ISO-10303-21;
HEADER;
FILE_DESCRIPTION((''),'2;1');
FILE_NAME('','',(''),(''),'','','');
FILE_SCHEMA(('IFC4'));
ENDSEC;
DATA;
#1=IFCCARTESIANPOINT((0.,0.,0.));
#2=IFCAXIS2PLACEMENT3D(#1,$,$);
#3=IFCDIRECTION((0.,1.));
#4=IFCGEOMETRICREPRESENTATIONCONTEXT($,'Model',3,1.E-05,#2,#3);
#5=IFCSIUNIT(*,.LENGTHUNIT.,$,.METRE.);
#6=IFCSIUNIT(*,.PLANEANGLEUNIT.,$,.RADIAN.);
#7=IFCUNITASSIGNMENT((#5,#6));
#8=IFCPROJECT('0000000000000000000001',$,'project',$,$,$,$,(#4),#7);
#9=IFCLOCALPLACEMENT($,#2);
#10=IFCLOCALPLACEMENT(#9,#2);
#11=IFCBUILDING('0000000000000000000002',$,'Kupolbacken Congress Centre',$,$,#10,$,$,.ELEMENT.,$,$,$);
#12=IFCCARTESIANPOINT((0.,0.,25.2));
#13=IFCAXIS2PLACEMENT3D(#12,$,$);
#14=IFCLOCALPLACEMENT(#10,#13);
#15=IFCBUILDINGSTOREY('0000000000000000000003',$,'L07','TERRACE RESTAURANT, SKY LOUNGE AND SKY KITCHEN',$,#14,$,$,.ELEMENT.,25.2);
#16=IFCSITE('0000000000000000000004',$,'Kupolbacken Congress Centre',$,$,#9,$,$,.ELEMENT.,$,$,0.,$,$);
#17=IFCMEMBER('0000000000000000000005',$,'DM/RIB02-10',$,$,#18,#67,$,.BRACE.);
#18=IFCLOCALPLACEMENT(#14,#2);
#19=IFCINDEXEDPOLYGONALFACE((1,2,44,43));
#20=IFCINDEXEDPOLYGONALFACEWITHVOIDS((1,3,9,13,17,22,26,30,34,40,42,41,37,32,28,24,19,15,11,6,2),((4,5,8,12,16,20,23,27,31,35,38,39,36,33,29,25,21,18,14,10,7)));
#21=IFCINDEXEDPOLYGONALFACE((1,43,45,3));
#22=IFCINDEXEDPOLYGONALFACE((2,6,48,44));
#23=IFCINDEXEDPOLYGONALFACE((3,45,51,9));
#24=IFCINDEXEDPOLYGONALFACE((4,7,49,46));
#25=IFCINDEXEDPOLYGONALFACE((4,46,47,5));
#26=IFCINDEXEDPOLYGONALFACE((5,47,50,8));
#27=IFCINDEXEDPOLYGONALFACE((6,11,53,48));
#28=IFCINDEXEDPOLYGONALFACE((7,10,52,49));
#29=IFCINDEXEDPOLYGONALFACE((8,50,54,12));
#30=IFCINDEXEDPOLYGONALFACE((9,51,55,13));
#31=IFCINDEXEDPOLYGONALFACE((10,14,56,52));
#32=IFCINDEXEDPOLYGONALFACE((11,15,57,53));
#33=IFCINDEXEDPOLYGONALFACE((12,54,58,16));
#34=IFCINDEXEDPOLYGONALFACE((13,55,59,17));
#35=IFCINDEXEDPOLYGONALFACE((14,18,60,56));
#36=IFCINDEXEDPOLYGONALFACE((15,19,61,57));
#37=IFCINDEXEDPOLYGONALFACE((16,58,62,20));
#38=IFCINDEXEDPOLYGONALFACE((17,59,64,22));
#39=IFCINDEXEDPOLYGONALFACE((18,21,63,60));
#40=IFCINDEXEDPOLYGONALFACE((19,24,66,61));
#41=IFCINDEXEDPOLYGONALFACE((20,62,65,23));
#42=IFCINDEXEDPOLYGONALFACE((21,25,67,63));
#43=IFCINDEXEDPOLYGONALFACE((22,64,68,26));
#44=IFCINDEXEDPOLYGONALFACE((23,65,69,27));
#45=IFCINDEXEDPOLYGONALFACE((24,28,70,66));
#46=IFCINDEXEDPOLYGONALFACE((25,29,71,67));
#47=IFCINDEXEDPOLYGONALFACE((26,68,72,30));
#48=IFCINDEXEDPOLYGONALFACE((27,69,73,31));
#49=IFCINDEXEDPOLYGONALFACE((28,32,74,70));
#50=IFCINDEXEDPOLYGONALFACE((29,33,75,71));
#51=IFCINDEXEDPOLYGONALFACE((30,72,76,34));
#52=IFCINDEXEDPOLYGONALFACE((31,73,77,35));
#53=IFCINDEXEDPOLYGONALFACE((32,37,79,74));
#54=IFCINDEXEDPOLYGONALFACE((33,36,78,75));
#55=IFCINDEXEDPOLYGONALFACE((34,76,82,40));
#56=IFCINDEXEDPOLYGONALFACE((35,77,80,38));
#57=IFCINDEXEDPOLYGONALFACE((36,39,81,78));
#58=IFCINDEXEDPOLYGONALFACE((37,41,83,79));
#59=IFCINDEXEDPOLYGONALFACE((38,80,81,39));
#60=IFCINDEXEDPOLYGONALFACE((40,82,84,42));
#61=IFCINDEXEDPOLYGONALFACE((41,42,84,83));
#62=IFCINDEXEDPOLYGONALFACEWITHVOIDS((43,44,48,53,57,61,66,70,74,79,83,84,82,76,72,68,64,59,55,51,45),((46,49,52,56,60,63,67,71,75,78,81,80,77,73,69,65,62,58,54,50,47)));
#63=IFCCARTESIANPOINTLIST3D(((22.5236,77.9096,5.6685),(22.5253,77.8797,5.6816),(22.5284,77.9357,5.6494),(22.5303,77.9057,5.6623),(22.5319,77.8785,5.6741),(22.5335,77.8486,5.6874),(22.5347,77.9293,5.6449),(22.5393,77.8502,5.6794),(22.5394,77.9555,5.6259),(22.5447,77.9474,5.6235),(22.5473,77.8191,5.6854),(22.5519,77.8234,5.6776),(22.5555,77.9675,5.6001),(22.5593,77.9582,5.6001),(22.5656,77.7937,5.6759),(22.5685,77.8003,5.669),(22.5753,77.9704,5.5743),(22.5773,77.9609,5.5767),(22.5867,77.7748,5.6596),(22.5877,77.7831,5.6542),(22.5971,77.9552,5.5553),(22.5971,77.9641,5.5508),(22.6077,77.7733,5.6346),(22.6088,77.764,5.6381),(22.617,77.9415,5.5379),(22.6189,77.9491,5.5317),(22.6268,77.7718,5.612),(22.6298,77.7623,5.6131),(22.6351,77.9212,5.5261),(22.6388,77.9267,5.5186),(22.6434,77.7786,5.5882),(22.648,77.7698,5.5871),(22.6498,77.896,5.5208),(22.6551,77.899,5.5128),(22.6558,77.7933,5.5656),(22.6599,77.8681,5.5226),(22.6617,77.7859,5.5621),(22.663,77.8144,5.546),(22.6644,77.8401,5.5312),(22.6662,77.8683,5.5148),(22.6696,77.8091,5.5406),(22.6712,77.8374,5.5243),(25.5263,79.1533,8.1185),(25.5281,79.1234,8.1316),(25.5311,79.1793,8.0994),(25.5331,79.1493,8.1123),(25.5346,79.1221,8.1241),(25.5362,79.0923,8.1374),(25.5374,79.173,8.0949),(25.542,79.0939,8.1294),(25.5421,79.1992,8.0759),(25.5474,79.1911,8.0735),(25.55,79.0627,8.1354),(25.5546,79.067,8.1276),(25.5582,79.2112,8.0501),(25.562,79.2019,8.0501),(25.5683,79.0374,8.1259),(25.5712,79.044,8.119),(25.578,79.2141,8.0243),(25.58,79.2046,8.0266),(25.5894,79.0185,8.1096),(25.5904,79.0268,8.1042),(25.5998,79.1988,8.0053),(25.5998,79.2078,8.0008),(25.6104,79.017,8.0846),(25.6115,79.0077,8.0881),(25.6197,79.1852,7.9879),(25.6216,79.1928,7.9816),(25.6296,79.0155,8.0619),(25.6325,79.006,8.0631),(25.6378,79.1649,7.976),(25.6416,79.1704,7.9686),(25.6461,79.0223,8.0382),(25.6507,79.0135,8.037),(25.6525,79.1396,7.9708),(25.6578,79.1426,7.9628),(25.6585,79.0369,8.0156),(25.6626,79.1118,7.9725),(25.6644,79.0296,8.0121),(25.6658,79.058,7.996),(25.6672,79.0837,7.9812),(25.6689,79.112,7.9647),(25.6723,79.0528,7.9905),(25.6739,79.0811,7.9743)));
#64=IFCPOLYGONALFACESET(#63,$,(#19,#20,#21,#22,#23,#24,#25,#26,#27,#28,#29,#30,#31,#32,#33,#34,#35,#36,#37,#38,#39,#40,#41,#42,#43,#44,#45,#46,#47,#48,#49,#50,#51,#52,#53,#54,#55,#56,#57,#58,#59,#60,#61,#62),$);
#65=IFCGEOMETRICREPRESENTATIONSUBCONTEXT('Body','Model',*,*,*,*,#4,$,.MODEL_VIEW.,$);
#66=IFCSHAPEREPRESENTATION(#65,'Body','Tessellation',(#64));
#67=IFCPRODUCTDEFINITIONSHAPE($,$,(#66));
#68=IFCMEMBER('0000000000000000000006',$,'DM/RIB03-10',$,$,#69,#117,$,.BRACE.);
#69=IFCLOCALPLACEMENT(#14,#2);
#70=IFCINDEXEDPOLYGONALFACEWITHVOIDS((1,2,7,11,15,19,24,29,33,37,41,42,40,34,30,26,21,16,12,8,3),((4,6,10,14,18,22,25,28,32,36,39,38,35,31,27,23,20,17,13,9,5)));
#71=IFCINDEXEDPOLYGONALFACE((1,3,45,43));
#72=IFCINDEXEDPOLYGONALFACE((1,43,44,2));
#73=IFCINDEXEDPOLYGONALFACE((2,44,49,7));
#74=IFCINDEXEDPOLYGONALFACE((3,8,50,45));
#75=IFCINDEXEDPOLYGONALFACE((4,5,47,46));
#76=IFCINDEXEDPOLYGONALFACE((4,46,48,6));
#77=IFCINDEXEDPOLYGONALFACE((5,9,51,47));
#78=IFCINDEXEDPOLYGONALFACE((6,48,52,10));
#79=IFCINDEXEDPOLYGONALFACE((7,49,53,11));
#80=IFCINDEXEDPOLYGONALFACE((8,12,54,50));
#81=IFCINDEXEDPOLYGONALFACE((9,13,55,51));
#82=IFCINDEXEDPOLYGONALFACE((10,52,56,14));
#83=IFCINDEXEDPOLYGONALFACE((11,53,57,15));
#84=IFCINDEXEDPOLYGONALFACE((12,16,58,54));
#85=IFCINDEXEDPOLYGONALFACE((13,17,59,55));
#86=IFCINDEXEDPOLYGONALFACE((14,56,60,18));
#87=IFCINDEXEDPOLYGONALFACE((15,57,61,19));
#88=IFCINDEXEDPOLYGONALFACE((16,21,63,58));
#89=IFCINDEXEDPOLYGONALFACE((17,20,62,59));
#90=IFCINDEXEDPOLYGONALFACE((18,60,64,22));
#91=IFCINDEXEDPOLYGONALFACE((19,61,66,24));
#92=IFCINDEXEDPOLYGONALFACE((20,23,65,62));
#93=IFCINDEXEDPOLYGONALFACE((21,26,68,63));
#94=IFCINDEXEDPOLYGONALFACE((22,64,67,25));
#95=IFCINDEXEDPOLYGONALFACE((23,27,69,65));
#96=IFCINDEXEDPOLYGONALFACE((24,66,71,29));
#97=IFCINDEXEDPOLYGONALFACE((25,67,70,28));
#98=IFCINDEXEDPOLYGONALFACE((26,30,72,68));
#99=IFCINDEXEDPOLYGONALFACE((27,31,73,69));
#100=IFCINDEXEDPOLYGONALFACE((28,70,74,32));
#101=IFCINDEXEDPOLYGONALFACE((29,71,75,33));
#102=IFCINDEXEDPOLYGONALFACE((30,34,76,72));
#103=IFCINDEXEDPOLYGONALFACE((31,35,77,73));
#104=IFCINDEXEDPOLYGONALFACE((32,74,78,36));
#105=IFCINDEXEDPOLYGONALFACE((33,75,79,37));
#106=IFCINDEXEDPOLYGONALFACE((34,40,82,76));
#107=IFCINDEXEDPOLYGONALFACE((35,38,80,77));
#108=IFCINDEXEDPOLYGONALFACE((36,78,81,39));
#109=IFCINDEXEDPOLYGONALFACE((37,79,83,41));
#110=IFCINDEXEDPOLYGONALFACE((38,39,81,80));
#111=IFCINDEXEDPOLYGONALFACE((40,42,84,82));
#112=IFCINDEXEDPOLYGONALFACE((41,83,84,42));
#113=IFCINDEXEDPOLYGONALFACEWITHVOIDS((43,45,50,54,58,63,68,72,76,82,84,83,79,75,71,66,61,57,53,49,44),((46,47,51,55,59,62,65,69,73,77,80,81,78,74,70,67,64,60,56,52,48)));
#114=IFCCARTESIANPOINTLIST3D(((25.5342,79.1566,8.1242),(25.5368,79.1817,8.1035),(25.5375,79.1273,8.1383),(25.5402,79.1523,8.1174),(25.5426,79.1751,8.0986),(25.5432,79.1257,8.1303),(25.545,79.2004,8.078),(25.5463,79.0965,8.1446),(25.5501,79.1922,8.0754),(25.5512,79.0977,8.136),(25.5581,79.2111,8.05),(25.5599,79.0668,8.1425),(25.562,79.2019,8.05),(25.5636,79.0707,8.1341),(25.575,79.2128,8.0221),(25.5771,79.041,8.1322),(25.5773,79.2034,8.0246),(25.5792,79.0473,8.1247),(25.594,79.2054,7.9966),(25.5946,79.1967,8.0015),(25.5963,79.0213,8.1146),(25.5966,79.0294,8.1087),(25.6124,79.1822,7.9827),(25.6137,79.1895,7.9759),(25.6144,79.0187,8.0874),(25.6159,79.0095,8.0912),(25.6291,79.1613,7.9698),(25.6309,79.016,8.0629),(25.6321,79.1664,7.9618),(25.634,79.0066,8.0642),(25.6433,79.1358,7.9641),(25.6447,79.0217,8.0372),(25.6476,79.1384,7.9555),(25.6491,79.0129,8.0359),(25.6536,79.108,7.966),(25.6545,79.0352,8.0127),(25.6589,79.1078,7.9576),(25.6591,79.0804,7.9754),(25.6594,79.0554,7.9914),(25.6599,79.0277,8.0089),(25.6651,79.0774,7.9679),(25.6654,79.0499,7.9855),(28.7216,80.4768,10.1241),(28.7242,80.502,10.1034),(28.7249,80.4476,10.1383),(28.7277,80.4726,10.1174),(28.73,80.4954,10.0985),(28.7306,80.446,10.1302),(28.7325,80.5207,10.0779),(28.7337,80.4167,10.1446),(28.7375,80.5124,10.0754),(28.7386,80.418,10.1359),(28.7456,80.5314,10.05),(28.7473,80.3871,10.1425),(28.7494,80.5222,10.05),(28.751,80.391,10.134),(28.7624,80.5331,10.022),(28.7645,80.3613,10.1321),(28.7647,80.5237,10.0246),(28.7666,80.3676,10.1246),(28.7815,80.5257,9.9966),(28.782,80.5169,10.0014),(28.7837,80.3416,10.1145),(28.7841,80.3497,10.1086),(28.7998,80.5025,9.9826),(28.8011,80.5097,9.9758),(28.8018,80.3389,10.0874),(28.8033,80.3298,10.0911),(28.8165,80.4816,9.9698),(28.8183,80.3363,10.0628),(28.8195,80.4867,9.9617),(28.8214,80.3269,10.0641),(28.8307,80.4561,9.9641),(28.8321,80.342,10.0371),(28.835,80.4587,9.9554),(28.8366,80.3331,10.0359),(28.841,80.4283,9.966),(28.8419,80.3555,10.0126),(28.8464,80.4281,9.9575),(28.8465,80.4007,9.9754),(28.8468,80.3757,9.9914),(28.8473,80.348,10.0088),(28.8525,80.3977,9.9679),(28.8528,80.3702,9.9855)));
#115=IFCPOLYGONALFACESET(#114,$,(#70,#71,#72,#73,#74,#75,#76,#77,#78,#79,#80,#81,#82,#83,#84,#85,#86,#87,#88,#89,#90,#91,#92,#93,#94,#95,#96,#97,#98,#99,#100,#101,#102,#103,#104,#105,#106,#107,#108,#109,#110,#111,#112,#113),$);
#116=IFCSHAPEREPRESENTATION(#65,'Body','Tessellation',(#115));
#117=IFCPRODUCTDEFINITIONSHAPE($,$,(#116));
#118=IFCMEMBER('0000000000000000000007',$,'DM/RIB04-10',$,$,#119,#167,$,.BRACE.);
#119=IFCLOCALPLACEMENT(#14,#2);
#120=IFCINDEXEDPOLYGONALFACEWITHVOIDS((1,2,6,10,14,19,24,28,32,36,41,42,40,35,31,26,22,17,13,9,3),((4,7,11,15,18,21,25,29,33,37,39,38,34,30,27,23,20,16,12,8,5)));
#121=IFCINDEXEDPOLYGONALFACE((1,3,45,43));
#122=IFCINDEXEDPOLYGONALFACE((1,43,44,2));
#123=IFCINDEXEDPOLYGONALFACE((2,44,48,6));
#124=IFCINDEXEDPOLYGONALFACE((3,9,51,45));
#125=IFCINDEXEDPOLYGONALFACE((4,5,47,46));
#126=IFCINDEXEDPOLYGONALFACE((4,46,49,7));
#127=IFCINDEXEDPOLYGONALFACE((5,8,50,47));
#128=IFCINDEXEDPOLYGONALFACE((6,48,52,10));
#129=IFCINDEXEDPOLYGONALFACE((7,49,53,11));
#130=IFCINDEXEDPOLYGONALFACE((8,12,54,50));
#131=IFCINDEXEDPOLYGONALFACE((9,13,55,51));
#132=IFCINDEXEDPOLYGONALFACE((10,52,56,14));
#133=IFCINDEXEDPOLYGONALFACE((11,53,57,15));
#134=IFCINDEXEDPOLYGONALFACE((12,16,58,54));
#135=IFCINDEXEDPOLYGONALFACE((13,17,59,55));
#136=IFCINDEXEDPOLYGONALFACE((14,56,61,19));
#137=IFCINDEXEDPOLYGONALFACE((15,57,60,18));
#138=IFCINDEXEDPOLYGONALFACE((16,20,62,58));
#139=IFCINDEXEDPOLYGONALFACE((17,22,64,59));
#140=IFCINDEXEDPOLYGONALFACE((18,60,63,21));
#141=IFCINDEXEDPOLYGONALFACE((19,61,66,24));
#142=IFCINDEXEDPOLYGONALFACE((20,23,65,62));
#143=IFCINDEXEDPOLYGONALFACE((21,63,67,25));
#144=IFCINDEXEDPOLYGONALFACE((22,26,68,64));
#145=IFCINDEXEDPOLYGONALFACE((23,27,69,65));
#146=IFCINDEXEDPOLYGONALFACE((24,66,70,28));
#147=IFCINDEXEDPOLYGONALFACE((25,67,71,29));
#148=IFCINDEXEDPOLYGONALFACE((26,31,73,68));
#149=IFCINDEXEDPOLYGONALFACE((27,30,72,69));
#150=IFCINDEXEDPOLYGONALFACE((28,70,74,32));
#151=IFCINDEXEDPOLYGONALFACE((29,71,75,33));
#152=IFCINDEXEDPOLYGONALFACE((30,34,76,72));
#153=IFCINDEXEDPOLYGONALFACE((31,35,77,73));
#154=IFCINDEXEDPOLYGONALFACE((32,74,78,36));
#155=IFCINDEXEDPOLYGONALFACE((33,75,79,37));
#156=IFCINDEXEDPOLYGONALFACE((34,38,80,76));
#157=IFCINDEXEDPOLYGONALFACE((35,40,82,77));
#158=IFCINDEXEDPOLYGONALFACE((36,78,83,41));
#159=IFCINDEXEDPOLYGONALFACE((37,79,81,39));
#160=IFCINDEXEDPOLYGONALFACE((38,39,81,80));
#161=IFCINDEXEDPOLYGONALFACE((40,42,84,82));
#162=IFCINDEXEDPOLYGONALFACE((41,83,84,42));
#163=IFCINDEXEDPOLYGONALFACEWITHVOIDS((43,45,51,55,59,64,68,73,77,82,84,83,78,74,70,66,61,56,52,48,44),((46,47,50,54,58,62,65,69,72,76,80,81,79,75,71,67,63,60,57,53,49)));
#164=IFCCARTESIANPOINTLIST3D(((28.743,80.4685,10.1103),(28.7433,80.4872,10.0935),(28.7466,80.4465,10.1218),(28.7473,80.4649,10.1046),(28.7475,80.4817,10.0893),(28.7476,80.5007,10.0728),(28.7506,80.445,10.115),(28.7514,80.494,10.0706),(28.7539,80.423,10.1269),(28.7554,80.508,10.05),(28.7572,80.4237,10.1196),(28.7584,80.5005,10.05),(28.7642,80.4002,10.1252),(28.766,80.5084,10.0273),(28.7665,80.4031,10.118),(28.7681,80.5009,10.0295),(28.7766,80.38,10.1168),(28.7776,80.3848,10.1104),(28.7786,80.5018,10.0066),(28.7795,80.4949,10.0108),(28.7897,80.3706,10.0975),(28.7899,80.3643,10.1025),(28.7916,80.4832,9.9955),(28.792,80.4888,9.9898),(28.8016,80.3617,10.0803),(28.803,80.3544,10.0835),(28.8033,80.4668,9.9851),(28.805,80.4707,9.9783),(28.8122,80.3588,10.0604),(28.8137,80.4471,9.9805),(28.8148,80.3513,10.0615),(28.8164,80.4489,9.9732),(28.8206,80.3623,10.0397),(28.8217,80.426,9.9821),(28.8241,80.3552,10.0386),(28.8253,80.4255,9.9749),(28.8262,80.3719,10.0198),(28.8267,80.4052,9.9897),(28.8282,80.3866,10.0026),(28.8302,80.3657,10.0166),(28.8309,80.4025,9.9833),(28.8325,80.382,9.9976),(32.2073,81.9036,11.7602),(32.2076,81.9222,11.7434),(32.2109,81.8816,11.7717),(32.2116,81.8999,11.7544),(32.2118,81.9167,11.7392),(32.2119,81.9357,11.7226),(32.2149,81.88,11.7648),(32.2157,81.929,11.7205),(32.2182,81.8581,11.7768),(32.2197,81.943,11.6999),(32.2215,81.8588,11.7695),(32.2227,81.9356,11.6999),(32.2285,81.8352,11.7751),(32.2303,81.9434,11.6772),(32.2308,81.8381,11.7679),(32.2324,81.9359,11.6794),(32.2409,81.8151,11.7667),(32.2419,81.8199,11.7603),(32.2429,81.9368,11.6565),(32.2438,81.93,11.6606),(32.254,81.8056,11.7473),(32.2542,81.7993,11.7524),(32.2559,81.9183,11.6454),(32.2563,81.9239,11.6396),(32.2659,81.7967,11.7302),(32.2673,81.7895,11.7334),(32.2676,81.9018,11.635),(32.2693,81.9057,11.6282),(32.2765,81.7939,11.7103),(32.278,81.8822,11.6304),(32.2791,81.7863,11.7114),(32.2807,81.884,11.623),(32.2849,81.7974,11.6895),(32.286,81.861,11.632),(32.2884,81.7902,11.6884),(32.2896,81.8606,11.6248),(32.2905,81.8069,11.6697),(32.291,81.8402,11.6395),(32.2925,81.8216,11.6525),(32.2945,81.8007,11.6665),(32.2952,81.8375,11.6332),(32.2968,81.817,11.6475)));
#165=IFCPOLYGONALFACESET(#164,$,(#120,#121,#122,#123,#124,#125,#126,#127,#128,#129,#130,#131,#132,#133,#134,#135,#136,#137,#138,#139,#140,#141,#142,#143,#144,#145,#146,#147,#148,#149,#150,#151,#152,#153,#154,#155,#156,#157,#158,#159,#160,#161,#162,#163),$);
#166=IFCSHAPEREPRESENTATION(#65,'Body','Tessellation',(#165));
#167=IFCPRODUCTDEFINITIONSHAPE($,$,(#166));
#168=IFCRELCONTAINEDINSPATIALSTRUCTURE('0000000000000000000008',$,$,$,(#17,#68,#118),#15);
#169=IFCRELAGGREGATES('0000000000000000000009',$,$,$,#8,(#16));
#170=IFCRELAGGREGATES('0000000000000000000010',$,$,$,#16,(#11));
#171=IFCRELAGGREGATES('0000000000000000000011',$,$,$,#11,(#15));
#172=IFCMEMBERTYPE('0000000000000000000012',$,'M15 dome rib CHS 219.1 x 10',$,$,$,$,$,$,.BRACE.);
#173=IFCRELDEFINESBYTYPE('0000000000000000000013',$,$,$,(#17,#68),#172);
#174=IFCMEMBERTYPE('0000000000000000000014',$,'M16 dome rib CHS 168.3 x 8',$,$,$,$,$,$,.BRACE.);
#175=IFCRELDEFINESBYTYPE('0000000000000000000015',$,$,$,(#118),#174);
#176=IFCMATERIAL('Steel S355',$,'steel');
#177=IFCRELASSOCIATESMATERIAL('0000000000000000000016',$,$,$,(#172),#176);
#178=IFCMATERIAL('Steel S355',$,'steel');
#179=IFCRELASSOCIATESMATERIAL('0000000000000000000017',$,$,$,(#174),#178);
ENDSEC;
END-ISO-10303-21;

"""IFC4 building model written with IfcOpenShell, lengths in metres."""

from ifc_helpers import new_model, si_unit, direction, frame, origin, origin_2d, place, context, subcontext, project, spatial, hollow_circle, extrude, material, material_profile, profile_set, type_object, element, save


model = new_model("IFC4")

# Units and contexts
model_context = context("Model", 3, precision=1e-05, world=origin(), true_north=direction((0.0, 1.0)))
body_context = subcontext(model_context, "Body", "Model", "MODEL_VIEW")
ifc_project = project(units=[si_unit("LENGTHUNIT", "METRE"), si_unit("PLANEANGLEUNIT", "RADIAN")], contexts=[model_context])

# Site, building, storey
site_placement = place(None, origin())
site = spatial("IfcSite", under=ifc_project, at=site_placement, Name="Kupolbacken Congress Centre", CompositionType="ELEMENT", RefElevation=0.0)
building_placement = place(site_placement, origin())
building = spatial("IfcBuilding", under=site, at=building_placement, Name="Kupolbacken Congress Centre", CompositionType="ELEMENT")
storey_placement = place(building_placement, frame((0.0, 0.0, 25.2)))
storey = spatial("IfcBuildingStorey", under=building, at=storey_placement, Name="L07", Description="TERRACE RESTAURANT, SKY LOUNGE AND SKY KITCHEN", CompositionType="ELEMENT", Elevation=25.2)

# Members
ifc_material_1 = material(Name="Steel S355", Category="steel")
ifc_material_profile_1 = material_profile(ifc_material_1, hollow_circle(Radius=0.1096, WallThickness=0.01, at=origin_2d()), Name="CHS 219.1 x 10")
ifc_profile_set_1 = profile_set([ifc_material_profile_1], Name="Steel S355")
member_type_1 = type_object("IfcMemberType", Name="M15 dome rib CHS 219.1 x 10", PredefinedType="BRACE", material=ifc_profile_set_1)
member_1_placement = place(storey_placement, frame((22.5974, 77.8662, 5.6001), z_axis=(0.737757, 0.305564, 0.601951), x_axis=(-0.382657, 0.92389, 0.0)))
element("IfcMember", 1, at=member_1_placement, inside=storey, type_object=member_type_1, Name="DM/RIB02-10", PredefinedType="BRACE", context=body_context, shape_type="SweptSolid", body=[
    extrude(hollow_circle(Radius=0.1096, WallThickness=0.01, at=origin_2d()), origin(), (0.0, 0.0, 1.0), 4.0701),
])
member_2_placement = place(storey_placement, frame((25.6001, 79.1099, 8.05), z_axis=(0.799292, 0.331079, 0.501517), x_axis=(-0.382685, 0.923879, 0.0)))
element("IfcMember", 2, at=member_2_placement, inside=storey, type_object=member_type_1, Name="DM/RIB03-10", PredefinedType="BRACE", context=body_context, shape_type="SweptSolid", body=[
    extrude(hollow_circle(Radius=0.1096, WallThickness=0.01, at=origin_2d()), origin(), (0.0, 0.0, 1.0), 3.9878),
])
ifc_material_2 = material(Name="Steel S355", Category="steel")
ifc_material_profile_2 = material_profile(ifc_material_2, hollow_circle(Radius=0.0842, WallThickness=0.0081, at=origin_2d()), Name="CHS 168.3 x 8")
ifc_profile_set_2 = profile_set([ifc_material_profile_2], Name="Steel S355")
member_type_2 = type_object("IfcMemberType", Name="M16 dome rib CHS 168.3 x 8", PredefinedType="BRACE", material=ifc_profile_set_2)
member_3_placement = place(storey_placement, frame((28.7876, 80.4302, 10.05), z_axis=(0.845636, 0.350292, 0.402735), x_axis=(-0.382701, 0.923872, 0.0)))
element("IfcMember", 3, at=member_3_placement, inside=storey, type_object=member_type_2, Name="DM/RIB04-10", PredefinedType="BRACE", context=body_context, shape_type="SweptSolid", body=[
    extrude(hollow_circle(Radius=0.0842, WallThickness=0.0081, at=origin_2d()), origin(), (0.0, 0.0, 1.0), 4.0967),
])

save(model, "model.ifc")
